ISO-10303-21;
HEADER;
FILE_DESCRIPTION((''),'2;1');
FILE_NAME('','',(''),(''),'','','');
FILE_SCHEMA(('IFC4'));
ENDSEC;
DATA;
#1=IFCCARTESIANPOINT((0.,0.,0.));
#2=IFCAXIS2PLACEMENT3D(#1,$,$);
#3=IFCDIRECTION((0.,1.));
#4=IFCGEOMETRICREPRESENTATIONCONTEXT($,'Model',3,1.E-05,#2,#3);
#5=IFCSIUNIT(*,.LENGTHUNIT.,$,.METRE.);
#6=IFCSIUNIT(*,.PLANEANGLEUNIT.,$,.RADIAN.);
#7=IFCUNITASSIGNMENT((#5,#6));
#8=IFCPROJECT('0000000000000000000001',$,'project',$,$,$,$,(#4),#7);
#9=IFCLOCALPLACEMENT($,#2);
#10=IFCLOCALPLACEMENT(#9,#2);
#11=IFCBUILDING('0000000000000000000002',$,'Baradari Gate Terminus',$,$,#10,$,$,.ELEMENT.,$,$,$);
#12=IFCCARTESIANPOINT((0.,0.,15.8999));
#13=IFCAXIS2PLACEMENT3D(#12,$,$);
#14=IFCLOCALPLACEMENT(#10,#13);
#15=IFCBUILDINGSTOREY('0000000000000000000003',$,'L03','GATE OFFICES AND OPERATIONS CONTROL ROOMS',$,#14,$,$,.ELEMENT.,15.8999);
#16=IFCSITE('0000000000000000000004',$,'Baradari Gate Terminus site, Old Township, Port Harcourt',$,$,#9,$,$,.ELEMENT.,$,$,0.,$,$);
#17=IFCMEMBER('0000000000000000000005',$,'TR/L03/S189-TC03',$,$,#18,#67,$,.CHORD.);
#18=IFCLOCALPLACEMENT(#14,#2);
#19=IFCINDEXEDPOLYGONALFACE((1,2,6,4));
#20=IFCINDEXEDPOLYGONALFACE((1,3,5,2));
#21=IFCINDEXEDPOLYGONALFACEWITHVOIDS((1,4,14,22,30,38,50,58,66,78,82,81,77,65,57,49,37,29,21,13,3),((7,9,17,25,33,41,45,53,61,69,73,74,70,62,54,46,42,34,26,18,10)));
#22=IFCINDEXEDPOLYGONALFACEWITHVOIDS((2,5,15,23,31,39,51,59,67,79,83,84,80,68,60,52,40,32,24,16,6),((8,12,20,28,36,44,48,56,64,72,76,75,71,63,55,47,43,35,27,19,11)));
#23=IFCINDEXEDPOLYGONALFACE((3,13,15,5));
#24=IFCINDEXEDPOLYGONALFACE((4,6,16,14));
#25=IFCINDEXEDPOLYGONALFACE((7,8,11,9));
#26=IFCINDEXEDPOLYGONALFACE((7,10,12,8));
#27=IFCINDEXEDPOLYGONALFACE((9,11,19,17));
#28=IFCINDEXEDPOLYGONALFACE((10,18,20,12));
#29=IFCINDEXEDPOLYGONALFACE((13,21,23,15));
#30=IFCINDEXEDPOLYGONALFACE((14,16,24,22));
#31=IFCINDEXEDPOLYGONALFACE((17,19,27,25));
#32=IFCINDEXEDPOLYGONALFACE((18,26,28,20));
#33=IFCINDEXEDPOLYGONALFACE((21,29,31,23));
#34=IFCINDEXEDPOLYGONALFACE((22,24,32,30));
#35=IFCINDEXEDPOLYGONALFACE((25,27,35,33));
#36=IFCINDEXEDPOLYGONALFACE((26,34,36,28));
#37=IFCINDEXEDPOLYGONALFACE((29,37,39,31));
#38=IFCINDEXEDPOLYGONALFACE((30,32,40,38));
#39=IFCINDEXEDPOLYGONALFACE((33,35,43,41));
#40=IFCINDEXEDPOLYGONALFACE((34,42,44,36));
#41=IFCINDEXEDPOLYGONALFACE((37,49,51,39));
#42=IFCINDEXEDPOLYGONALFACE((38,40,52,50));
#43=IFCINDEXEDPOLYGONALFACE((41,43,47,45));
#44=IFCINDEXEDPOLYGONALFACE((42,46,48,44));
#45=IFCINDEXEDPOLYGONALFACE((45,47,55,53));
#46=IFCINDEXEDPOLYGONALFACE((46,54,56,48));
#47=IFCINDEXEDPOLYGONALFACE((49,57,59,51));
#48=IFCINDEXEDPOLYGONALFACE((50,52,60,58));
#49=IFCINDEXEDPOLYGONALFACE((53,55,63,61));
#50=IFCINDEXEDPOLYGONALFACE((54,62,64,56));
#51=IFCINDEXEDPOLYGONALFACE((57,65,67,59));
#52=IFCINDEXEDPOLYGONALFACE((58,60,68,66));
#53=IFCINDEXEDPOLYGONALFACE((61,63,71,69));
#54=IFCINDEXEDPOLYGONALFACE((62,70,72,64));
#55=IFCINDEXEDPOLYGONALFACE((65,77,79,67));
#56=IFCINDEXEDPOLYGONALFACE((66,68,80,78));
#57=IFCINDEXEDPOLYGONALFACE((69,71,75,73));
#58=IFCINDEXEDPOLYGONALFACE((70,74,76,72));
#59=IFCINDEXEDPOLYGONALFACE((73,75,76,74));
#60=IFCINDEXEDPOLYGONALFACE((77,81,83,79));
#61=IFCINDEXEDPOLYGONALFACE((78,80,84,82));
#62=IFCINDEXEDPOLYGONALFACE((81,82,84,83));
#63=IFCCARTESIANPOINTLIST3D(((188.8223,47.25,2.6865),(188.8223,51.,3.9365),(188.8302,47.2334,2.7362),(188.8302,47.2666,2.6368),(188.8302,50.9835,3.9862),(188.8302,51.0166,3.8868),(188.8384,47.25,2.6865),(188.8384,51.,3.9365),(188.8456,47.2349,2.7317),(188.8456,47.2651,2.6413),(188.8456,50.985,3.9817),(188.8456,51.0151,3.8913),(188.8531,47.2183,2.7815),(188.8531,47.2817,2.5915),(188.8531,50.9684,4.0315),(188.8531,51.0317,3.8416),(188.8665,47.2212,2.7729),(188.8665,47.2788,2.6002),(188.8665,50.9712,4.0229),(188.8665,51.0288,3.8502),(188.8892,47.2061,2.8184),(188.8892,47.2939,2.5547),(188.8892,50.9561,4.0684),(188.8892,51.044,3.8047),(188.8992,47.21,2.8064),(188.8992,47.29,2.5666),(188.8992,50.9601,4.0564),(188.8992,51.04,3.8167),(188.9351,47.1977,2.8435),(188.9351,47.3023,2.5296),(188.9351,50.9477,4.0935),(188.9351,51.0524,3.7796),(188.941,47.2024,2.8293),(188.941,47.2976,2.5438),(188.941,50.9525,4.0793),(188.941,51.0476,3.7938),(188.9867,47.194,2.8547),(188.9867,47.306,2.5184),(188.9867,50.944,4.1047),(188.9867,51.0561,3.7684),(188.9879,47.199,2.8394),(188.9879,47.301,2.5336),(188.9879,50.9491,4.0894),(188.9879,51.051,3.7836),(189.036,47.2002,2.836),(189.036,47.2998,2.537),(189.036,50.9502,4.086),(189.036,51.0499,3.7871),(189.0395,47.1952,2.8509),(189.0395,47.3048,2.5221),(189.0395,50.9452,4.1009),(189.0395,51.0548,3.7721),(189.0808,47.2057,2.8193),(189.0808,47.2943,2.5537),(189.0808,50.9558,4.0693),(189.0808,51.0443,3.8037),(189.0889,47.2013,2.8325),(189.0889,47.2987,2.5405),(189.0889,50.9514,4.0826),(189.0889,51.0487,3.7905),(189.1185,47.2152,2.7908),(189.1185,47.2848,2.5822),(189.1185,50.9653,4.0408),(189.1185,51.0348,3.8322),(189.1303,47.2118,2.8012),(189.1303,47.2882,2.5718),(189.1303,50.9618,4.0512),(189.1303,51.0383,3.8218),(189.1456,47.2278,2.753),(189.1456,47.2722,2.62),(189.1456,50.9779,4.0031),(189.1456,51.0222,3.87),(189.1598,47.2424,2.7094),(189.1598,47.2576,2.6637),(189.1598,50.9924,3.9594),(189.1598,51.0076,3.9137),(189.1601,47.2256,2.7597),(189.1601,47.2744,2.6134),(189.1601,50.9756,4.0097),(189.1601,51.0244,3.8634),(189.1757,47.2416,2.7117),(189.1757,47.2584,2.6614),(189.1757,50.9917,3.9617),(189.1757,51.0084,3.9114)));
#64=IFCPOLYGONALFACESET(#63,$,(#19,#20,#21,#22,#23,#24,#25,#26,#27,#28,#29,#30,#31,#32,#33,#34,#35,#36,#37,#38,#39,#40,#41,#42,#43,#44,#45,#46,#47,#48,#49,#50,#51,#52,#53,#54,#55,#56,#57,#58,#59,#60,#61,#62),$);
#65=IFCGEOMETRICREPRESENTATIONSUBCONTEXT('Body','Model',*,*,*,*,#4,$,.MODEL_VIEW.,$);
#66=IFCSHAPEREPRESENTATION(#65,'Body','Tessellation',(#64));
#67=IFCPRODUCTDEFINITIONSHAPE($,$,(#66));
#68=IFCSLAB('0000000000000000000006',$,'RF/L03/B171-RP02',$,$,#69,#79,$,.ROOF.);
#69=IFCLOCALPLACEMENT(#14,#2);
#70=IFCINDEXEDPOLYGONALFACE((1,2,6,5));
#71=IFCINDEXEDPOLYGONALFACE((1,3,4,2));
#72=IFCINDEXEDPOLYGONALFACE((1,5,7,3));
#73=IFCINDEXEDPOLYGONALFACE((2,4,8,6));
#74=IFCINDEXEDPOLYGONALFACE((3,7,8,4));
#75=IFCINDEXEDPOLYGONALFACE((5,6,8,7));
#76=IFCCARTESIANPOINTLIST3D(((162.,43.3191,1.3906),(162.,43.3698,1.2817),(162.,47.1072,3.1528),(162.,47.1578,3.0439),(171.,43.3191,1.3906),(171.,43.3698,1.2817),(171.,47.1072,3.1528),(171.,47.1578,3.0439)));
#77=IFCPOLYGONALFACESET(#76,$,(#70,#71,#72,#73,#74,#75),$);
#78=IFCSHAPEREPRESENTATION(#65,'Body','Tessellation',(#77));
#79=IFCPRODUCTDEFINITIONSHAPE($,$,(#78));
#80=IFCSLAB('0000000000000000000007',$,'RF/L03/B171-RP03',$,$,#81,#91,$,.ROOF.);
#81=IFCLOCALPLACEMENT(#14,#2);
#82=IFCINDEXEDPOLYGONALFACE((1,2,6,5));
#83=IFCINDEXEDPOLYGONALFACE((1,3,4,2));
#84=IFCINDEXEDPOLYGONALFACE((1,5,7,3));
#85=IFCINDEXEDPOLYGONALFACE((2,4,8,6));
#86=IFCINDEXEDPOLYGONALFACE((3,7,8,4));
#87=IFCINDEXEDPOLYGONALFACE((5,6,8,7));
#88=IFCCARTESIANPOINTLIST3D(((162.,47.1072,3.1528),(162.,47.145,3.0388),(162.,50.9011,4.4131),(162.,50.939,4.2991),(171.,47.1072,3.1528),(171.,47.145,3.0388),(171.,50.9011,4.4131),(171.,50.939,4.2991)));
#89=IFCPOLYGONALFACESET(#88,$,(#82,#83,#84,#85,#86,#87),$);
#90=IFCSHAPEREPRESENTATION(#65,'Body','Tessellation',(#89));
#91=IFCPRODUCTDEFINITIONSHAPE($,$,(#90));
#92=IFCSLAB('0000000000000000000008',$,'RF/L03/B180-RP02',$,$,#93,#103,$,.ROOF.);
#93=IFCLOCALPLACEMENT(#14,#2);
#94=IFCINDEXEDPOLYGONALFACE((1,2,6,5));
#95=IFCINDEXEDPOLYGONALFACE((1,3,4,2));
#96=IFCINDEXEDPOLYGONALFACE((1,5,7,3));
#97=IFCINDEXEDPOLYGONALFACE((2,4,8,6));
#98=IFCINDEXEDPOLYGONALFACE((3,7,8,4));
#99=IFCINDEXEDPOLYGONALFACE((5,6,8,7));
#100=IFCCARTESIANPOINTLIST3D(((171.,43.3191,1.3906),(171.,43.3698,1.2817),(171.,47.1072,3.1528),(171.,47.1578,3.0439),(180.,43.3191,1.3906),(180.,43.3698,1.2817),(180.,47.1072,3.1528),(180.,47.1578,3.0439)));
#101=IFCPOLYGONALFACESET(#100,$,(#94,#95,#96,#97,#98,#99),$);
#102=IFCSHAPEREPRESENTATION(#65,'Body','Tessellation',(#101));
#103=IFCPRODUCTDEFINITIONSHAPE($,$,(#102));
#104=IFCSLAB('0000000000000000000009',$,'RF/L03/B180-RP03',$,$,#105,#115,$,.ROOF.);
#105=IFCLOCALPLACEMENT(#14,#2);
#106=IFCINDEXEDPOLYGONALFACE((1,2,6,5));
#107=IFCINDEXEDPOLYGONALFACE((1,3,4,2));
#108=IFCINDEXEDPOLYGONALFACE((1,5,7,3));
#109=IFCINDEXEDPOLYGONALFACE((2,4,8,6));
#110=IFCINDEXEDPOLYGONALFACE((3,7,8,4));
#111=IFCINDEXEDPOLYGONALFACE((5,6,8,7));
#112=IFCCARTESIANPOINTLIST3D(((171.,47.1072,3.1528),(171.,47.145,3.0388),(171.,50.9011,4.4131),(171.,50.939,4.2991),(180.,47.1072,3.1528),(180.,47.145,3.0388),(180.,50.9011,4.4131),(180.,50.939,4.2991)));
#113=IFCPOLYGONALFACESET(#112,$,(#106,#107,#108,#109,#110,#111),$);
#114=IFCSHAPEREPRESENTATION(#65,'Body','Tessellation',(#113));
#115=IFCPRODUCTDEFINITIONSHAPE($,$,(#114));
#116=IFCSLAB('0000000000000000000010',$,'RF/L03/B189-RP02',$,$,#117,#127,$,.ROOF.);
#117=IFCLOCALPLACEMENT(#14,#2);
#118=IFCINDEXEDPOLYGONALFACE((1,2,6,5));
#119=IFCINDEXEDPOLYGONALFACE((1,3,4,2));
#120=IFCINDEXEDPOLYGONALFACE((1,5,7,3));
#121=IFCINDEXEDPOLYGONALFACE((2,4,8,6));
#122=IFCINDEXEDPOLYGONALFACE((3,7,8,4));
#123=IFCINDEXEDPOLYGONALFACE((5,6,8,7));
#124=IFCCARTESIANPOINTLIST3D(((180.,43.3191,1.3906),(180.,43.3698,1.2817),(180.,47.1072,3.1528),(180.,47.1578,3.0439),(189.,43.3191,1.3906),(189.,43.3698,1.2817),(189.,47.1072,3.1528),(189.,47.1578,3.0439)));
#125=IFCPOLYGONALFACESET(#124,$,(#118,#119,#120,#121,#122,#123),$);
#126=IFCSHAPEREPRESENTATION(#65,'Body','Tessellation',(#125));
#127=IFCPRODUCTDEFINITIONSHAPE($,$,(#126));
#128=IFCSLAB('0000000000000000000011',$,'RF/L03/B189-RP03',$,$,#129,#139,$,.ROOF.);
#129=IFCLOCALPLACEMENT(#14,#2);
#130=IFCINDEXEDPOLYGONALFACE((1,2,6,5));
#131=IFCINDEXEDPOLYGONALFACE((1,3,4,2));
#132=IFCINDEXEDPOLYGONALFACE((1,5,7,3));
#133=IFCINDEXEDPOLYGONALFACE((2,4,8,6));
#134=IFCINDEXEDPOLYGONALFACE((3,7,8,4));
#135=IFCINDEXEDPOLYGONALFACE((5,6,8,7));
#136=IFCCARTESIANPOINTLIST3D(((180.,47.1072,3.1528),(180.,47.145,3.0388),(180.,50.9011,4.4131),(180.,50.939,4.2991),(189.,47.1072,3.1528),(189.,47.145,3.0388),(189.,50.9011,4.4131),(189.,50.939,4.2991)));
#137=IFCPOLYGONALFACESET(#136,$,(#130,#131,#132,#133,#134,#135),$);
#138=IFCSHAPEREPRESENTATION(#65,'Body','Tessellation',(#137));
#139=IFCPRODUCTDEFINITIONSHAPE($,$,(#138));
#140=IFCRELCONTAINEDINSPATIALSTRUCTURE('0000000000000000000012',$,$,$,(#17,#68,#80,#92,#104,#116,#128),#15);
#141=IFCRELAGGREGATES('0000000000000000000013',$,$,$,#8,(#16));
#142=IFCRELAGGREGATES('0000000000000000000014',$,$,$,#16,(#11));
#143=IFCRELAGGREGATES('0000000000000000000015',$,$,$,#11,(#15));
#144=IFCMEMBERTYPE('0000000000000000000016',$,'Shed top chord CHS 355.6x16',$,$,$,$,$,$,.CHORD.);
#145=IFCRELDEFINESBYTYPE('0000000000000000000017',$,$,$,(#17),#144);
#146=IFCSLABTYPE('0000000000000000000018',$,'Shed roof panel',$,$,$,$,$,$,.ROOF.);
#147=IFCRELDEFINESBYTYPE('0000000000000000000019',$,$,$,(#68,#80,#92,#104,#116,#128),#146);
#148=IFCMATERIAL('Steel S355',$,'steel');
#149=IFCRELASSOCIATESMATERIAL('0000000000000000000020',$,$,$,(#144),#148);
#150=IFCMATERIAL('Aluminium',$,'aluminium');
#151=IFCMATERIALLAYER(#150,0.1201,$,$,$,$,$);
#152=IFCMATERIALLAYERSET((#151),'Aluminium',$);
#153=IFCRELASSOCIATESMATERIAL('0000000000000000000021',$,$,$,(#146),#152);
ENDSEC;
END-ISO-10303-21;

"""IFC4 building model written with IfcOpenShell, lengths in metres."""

from ifc_helpers import new_model, si_unit, direction, frame, origin, origin_2d, place, context, subcontext, project, spatial, polyline, hollow_circle, outline, extrude, material, layer, layer_set, material_profile, profile_set, type_object, element, save


model = new_model("IFC4")

# Units and contexts
model_context = context("Model", 3, precision=1e-05, world=origin(), true_north=direction((0.0, 1.0)))
body_context = subcontext(model_context, "Body", "Model", "MODEL_VIEW")
ifc_project = project(units=[si_unit("LENGTHUNIT", "METRE"), si_unit("PLANEANGLEUNIT", "RADIAN")], contexts=[model_context])

# Site, building, storey
site_placement = place(None, origin())
site = spatial("IfcSite", under=ifc_project, at=site_placement, Name="Baradari Gate Terminus site, Old Township, Port Harcourt", CompositionType="ELEMENT", RefElevation=0.0)
building_placement = place(site_placement, origin())
building = spatial("IfcBuilding", under=site, at=building_placement, Name="Baradari Gate Terminus", CompositionType="ELEMENT")
storey_placement = place(building_placement, frame((0.0, 0.0, 15.8999)))
storey = spatial("IfcBuildingStorey", under=building, at=storey_placement, Name="L03", Description="GATE OFFICES AND OPERATIONS CONTROL ROOMS", CompositionType="ELEMENT", Elevation=15.8999)

# Member
ifc_material_1 = material(Name="Steel S355", Category="steel")
ifc_material_profile_1 = material_profile(ifc_material_1, hollow_circle(Radius=0.1777, WallThickness=0.0161, at=origin_2d()), Name="CHS 355.6x16")
ifc_profile_set_1 = profile_set([ifc_material_profile_1], Name="Steel S355")
member_type_1 = type_object("IfcMemberType", Name="Shed top chord CHS 355.6x16", PredefinedType="CHORD", material=ifc_profile_set_1)
member_1_placement = place(storey_placement, frame((189.0, 47.25, 2.6865), z_axis=(0.0, 0.948683, 0.316228), x_axis=(-1.0, 0.0, 0.0)))
element("IfcMember", 1, at=member_1_placement, inside=storey, type_object=member_type_1, Name="TR/L03/S189-TC03", PredefinedType="CHORD", context=body_context, shape_type="SweptSolid", body=[
    extrude(hollow_circle(Radius=0.1777, WallThickness=0.0161, at=origin_2d()), origin(), (0.0, 0.0, 1.0), 3.9529),
])

# Slabs
ifc_material_2 = material(Name="Aluminium", Category="aluminium")
ifc_layer = layer(ifc_material_2, 0.1201)
ifc_layer_set = layer_set([ifc_layer], Name="Aluminium")
slab_type = type_object("IfcSlabType", Name="Shed roof panel", PredefinedType="ROOF", material=ifc_layer_set)
slab_1_placement = place(storey_placement, frame((162.0, 43.3191, 1.3906), z_axis=(0.0, -0.421791, 0.906693), x_axis=(1.0, 0.0, 0.0)))
element("IfcSlab", 2, at=slab_1_placement, inside=storey, type_object=slab_type, Name="RF/L03/B171-RP02", PredefinedType="ROOF", context=body_context, shape_type="SweptSolid", body=[
    extrude(outline(polyline([(0.0, 0.0), (9.0, 0.0), (9.0, 4.1779), (0.0, 4.1779), (0.0, 0.0)])), origin(), (0.0, 0.0, -1.0), 0.1201),
])
slab_2_placement = place(storey_placement, frame((162.0, 47.1072, 3.1528), z_axis=(0.0, -0.315238, 0.949013), x_axis=(1.0, 0.0, 0.0)))
element("IfcSlab", 3, at=slab_2_placement, inside=storey, type_object=slab_type, Name="RF/L03/B171-RP03", PredefinedType="ROOF", context=body_context, shape_type="SweptSolid", body=[
    extrude(outline(polyline([(0.0, 0.0), (9.0, 0.0), (9.0, 3.9978), (0.0, 3.9978), (0.0, 0.0)])), origin(), (0.0, 0.0, -1.0), 0.1201),
])
slab_3_placement = place(storey_placement, frame((171.0, 43.3191, 1.3906), z_axis=(0.0, -0.421791, 0.906693), x_axis=(1.0, 0.0, 0.0)))
element("IfcSlab", 4, at=slab_3_placement, inside=storey, type_object=slab_type, Name="RF/L03/B180-RP02", PredefinedType="ROOF", context=body_context, shape_type="SweptSolid", body=[
    extrude(outline(polyline([(0.0, 0.0), (9.0, 0.0), (9.0, 4.1779), (0.0, 4.1779), (0.0, 0.0)])), origin(), (0.0, 0.0, -1.0), 0.1201),
])
slab_4_placement = place(storey_placement, frame((171.0, 47.1072, 3.1528), z_axis=(0.0, -0.315238, 0.949013), x_axis=(1.0, 0.0, 0.0)))
element("IfcSlab", 5, at=slab_4_placement, inside=storey, type_object=slab_type, Name="RF/L03/B180-RP03", PredefinedType="ROOF", context=body_context, shape_type="SweptSolid", body=[
    extrude(outline(polyline([(0.0, 0.0), (9.0, 0.0), (9.0, 3.9978), (0.0, 3.9978), (0.0, 0.0)])), origin(), (0.0, 0.0, -1.0), 0.1201),
])
slab_5_placement = place(storey_placement, frame((180.0, 43.3191, 1.3906), z_axis=(0.0, -0.421791, 0.906693), x_axis=(1.0, 0.0, 0.0)))
element("IfcSlab", 6, at=slab_5_placement, inside=storey, type_object=slab_type, Name="RF/L03/B189-RP02", PredefinedType="ROOF", context=body_context, shape_type="SweptSolid", body=[
    extrude(outline(polyline([(0.0, 0.0), (9.0, 0.0), (9.0, 4.1779), (0.0, 4.1779), (0.0, 0.0)])), origin(), (0.0, 0.0, -1.0), 0.1201),
])
slab_6_placement = place(storey_placement, frame((180.0, 47.1072, 3.1528), z_axis=(0.0, -0.315238, 0.949013), x_axis=(1.0, 0.0, 0.0)))
element("IfcSlab", 7, at=slab_6_placement, inside=storey, type_object=slab_type, Name="RF/L03/B189-RP03", PredefinedType="ROOF", context=body_context, shape_type="SweptSolid", body=[
    extrude(outline(polyline([(0.0, 0.0), (9.0, 0.0), (9.0, 3.9978), (0.0, 3.9978), (0.0, 0.0)])), origin(), (0.0, 0.0, -1.0), 0.1201),
])

save(model, "model.ifc")
